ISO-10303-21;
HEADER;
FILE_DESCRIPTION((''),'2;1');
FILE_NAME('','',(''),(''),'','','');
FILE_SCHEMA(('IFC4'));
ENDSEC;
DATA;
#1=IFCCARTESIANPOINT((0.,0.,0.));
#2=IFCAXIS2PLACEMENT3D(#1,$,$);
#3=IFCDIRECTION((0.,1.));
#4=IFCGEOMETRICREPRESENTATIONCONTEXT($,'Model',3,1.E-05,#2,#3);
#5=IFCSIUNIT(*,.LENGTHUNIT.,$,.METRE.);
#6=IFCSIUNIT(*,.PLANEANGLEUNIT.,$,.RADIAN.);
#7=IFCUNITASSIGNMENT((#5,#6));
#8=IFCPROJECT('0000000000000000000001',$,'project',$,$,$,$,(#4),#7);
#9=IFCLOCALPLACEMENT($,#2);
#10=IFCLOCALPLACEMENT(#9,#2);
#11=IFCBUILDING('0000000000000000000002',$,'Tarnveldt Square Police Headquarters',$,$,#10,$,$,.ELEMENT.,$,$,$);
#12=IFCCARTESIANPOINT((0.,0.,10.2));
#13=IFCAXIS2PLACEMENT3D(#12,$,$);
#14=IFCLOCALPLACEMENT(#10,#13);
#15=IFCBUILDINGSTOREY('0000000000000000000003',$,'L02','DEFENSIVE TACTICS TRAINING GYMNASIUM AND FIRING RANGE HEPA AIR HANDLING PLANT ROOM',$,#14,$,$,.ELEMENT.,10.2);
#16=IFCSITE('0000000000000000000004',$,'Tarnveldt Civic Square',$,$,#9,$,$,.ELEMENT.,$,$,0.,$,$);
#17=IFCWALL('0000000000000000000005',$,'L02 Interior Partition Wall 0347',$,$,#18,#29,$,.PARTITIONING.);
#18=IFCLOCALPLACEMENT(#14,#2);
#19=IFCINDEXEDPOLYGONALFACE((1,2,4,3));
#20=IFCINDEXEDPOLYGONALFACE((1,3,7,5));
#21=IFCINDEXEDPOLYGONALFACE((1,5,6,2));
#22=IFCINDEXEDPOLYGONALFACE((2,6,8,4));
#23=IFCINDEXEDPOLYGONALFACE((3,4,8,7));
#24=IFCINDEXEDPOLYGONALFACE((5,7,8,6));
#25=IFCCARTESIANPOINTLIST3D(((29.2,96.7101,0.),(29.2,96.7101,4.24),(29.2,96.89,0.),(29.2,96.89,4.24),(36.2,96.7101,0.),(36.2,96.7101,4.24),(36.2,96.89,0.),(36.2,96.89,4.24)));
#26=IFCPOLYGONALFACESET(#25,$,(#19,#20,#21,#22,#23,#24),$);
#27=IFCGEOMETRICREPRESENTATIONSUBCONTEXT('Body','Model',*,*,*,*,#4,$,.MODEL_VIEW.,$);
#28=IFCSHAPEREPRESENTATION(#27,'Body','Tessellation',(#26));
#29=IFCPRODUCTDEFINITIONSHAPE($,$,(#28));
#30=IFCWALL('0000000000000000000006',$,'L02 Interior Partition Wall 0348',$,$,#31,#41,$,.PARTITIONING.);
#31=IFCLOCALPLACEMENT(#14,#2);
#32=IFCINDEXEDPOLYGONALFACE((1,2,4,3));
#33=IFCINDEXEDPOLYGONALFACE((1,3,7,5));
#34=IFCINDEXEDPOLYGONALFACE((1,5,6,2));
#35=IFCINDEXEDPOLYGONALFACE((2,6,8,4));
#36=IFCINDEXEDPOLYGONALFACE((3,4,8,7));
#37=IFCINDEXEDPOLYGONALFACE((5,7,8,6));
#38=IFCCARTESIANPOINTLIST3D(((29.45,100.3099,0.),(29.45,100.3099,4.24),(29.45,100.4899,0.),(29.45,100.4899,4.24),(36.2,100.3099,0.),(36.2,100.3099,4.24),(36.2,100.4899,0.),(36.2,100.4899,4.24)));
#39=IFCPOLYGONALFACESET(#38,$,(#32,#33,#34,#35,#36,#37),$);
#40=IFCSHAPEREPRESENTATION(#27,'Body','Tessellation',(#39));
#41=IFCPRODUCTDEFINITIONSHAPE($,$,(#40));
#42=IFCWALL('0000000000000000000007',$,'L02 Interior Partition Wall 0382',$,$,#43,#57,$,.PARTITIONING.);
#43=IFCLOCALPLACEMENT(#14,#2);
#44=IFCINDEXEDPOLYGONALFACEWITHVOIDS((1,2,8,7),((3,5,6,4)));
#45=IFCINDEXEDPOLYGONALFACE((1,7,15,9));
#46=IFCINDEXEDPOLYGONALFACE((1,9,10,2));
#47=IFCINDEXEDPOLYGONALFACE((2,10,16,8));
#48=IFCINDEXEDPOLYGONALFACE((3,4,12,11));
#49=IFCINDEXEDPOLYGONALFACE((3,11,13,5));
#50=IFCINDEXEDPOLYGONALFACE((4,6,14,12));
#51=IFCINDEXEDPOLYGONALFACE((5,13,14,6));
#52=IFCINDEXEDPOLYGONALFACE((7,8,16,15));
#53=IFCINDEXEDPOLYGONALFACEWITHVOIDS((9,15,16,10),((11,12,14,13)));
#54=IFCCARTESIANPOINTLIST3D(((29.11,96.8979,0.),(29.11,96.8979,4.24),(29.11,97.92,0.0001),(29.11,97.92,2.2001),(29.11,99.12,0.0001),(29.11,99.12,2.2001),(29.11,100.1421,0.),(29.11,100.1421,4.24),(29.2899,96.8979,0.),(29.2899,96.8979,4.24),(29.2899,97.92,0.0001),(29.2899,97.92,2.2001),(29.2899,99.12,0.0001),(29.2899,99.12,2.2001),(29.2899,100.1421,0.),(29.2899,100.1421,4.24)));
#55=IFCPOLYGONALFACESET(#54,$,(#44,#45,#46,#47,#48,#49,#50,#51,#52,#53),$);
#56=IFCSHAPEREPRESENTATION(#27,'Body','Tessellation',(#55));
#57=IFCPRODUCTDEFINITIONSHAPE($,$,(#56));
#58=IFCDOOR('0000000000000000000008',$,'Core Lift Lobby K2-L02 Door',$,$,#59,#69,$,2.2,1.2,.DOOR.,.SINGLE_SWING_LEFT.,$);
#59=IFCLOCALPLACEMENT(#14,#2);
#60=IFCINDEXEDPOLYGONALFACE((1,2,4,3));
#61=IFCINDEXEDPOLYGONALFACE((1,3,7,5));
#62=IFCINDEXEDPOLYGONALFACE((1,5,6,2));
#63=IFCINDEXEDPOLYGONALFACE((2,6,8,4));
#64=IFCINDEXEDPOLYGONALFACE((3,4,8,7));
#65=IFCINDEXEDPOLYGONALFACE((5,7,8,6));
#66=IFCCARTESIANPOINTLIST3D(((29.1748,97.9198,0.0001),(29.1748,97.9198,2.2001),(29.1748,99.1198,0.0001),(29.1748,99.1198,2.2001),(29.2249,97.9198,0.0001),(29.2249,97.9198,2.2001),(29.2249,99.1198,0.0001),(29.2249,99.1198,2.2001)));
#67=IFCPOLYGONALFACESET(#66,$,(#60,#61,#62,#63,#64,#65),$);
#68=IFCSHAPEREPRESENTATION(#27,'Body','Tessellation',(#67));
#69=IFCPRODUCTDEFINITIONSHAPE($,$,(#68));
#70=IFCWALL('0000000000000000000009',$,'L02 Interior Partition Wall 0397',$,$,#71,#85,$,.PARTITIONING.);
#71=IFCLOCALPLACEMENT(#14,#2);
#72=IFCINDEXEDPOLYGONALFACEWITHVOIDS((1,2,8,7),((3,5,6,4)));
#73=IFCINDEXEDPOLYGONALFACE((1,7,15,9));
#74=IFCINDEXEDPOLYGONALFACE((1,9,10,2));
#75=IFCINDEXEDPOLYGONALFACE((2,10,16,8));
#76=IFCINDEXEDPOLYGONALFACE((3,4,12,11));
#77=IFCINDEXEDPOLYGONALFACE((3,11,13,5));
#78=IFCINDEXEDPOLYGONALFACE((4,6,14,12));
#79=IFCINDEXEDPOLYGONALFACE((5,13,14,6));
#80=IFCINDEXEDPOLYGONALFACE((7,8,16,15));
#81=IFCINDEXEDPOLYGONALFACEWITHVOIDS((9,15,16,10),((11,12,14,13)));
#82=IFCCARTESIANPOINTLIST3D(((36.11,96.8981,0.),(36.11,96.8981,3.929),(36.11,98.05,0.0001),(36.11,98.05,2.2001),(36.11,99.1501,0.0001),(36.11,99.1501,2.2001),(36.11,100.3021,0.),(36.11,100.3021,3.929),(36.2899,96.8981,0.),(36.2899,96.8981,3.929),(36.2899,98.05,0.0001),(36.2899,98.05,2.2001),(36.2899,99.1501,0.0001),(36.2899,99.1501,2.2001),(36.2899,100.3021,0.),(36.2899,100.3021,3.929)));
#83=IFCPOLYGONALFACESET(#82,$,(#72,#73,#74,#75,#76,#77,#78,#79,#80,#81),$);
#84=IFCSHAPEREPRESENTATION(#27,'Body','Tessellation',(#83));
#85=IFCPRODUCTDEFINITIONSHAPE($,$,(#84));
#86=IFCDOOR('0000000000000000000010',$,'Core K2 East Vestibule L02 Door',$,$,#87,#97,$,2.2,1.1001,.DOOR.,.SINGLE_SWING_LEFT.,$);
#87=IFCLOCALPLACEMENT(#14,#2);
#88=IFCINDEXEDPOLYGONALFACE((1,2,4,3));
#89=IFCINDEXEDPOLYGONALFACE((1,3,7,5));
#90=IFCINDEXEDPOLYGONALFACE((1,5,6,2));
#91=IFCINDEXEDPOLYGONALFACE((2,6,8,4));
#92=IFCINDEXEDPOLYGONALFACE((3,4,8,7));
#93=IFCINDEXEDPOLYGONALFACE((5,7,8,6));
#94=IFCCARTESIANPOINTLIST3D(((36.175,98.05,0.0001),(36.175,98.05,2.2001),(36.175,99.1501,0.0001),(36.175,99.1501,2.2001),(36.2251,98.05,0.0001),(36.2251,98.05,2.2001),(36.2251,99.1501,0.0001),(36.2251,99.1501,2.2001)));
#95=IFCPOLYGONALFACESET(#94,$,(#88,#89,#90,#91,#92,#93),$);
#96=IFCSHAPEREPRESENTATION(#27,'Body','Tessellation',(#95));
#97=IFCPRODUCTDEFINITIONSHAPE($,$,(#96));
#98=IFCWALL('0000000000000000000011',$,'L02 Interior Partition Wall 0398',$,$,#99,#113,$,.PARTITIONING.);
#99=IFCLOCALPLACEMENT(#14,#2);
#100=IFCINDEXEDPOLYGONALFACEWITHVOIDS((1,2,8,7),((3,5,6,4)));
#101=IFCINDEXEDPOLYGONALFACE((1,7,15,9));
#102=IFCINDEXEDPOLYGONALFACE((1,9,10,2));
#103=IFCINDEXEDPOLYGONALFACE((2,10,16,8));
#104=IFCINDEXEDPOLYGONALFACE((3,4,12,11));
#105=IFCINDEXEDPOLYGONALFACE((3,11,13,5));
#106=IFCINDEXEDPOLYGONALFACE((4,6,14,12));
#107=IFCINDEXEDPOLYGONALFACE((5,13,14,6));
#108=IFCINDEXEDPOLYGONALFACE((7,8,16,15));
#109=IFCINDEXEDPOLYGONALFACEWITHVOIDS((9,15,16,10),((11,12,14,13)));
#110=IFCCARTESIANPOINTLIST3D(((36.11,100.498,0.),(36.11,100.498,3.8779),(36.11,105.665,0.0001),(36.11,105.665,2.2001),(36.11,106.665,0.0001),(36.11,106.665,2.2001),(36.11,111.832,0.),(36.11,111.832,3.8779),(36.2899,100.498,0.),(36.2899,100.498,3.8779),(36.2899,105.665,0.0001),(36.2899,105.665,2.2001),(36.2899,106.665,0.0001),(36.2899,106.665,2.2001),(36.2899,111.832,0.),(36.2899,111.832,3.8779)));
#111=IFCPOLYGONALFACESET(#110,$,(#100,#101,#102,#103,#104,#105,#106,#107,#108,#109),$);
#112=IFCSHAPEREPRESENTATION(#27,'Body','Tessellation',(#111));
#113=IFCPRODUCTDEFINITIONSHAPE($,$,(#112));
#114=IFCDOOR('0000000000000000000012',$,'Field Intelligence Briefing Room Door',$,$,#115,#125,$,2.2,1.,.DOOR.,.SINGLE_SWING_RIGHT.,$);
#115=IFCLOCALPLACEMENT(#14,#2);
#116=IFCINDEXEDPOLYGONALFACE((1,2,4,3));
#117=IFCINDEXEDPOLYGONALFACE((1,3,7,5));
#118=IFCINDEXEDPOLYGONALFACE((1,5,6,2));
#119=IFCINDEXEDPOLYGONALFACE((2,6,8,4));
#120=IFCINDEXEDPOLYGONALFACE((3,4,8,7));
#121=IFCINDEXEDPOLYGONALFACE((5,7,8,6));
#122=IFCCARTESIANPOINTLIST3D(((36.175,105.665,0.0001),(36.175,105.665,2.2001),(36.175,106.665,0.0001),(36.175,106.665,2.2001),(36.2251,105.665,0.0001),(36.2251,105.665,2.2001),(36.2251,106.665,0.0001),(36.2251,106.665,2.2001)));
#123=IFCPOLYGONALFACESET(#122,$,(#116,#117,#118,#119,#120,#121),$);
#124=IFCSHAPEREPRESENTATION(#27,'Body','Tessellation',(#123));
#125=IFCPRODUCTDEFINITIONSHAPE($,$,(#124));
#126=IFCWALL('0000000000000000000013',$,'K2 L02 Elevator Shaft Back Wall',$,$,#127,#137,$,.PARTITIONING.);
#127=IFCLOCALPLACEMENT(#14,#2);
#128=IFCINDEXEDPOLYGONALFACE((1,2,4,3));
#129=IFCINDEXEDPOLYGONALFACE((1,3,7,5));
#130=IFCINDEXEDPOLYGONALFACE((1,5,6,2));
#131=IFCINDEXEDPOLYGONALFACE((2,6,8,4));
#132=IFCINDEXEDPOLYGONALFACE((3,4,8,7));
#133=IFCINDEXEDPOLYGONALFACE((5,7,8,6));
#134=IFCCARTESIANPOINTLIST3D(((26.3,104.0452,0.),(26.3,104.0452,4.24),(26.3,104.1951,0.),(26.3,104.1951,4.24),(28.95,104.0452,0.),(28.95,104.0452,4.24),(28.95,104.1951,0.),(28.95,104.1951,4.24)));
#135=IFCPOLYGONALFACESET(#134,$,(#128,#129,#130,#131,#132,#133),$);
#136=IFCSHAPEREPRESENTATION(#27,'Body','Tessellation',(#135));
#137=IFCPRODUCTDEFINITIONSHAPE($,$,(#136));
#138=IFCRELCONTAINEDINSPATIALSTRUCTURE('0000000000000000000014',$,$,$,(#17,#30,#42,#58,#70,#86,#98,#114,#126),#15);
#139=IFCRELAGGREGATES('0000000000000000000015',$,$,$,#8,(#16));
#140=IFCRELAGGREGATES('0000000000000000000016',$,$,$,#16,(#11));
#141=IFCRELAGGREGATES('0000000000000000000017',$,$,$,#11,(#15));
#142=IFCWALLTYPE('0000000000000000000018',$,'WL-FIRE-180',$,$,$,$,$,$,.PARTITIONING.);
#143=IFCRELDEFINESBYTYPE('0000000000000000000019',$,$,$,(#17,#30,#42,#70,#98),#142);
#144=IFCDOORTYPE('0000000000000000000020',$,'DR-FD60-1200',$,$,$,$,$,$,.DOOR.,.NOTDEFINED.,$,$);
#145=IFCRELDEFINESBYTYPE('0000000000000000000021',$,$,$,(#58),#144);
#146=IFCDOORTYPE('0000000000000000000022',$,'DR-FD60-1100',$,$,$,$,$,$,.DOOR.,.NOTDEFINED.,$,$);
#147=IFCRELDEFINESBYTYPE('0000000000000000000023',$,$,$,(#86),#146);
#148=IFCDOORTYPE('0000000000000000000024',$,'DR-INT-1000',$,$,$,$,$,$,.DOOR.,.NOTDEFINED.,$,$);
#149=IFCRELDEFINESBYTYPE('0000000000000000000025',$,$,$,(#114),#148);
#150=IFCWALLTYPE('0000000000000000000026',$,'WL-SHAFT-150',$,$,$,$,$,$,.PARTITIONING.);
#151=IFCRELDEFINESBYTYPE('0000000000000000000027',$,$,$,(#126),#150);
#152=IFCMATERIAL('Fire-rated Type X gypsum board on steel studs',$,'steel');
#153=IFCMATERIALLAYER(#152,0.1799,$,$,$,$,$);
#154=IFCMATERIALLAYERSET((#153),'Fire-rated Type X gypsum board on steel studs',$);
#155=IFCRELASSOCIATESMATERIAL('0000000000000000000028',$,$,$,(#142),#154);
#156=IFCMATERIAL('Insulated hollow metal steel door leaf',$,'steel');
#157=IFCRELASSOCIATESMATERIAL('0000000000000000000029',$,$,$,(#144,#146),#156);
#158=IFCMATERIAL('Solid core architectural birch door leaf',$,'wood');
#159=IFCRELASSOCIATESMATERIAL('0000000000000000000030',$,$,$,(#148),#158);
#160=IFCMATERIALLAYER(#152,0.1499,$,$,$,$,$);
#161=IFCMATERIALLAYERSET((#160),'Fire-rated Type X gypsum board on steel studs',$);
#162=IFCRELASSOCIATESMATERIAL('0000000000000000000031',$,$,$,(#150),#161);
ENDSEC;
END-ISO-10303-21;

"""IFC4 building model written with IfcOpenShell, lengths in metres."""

from ifc_helpers import new_model, si_unit, direction, frame, frame_2d, origin, place, context, subcontext, project, spatial, rectangle, extrude, material, layer, layer_set, type_object, element, fill, save


model = new_model("IFC4")

# Units and contexts
model_context = context("Model", 3, precision=1e-05, world=origin(), true_north=direction((0.0, 1.0)))
body_context = subcontext(model_context, "Body", "Model", "MODEL_VIEW")
ifc_project = project(units=[si_unit("LENGTHUNIT", "METRE"), si_unit("PLANEANGLEUNIT", "RADIAN")], contexts=[model_context])

# Site, building, storey
site_placement = place(None, origin())
site = spatial("IfcSite", under=ifc_project, at=site_placement, Name="Tarnveldt Civic Square", CompositionType="ELEMENT", RefElevation=0.0)
building_placement = place(site_placement, origin())
building = spatial("IfcBuilding", under=site, at=building_placement, Name="Tarnveldt Square Police Headquarters", CompositionType="ELEMENT")
storey_placement = place(building_placement, frame((0.0, 0.0, 10.2)))
storey = spatial("IfcBuildingStorey", under=building, at=storey_placement, Name="L02", Description="DEFENSIVE TACTICS TRAINING GYMNASIUM AND FIRING RANGE HEPA AIR HANDLING PLANT ROOM", CompositionType="ELEMENT", Elevation=10.2)

# Shared definitions
ifc_material_1 = material(Name="Fire-rated Type X gypsum board on steel studs", Category="steel")

# Walls
ifc_layer_1 = layer(ifc_material_1, 0.1799)
ifc_layer_set_1 = layer_set([ifc_layer_1], Name="Fire-rated Type X gypsum board on steel studs")
wall_type_1 = type_object("IfcWallType", Name="WL-FIRE-180", PredefinedType="PARTITIONING", material=ifc_layer_set_1)
wall_1_placement = place(storey_placement, frame((29.2, 96.8, 0.0), z_axis=(0.0, 0.0, 1.0), x_axis=(1.0, 0.0, 0.0)))
element("IfcWall", 1, at=wall_1_placement, inside=storey, type_object=wall_type_1, Name="L02 Interior Partition Wall 0347", PredefinedType="PARTITIONING", context=body_context, shape_type="SweptSolid", body=[
    extrude(rectangle(XDim=7.0, YDim=0.1799, at=frame_2d((3.5, 0.0))), origin(), (0.0, 0.0, 1.0), 4.24),
])
wall_2_placement = place(storey_placement, frame((29.45, 100.3999, 0.0), z_axis=(0.0, 0.0, 1.0), x_axis=(1.0, 0.0, 0.0)))
element("IfcWall", 2, at=wall_2_placement, inside=storey, type_object=wall_type_1, Name="L02 Interior Partition Wall 0348", PredefinedType="PARTITIONING", context=body_context, shape_type="SweptSolid", body=[
    extrude(rectangle(XDim=6.75, YDim=0.1799, at=frame_2d((3.375, 0.0))), origin(), (0.0, 0.0, 1.0), 4.24),
])

# Walls, openings, doors
wall_3_placement = place(storey_placement, frame((29.2, 96.8979, 0.0), z_axis=(0.0, 0.0, 1.0), x_axis=(0.0, 1.0, 0.0)))
wall_3 = element("IfcWall", 3, at=wall_3_placement, inside=storey, type_object=wall_type_1, Name="L02 Interior Partition Wall 0382", PredefinedType="PARTITIONING", context=body_context, shape_type="SweptSolid", body=[
    extrude(rectangle(XDim=3.2441, YDim=0.1799, at=frame_2d((1.6221, 0.0))), origin(), (0.0, 0.0, 1.0), 4.24),
])
opening_1_placement = place(wall_3_placement, frame((1.022, 0.0, 0.0)))
opening_1 = element("IfcOpeningElement", 4, at=opening_1_placement, cuts=wall_3, PredefinedType="OPENING", context=body_context, shape_type="SweptSolid", body=[
    extrude(rectangle(XDim=1.2, YDim=2.2, at=frame_2d((0.6001, 1.1001))), frame((0.0, 0.0999, 0.0), z_axis=(0.0, -1.0, 0.0), x_axis=(1.0, 0.0, 0.0)), (0.0, 0.0, 1.0), 0.2),
])
ifc_material_2 = material(Name="Insulated hollow metal steel door leaf", Category="steel")
door_type_1 = type_object("IfcDoorType", Name="DR-FD60-1200", OperationType="NOTDEFINED", PredefinedType="DOOR", material=ifc_material_2)
door_1_placement = place(opening_1_placement, frame((1.2, 0.0, 0.0), z_axis=(0.0, 0.0, 1.0), x_axis=(-1.0, 0.0, 0.0)))
door_1 = element("IfcDoor", 5, at=door_1_placement, inside=storey, type_object=door_type_1, Name="Core Lift Lobby K2-L02 Door", OperationType="SINGLE_SWING_LEFT", OverallHeight=2.2, OverallWidth=1.2, PredefinedType="DOOR", context=body_context, shape_type="SweptSolid", body=[
    extrude(rectangle(XDim=1.2, YDim=2.2, at=frame_2d((0.6001, 1.1001))), frame((0.0, 0.0249, 0.0), z_axis=(0.0, -1.0, 0.0), x_axis=(1.0, 0.0, 0.0)), (0.0, 0.0, 1.0), 0.05),
])
fill(opening_1, door_1)
wall_4_placement = place(storey_placement, frame((36.2, 96.8979, 0.0), z_axis=(0.0, 0.0, 1.0), x_axis=(0.0, 1.0, 0.0)))
wall_4 = element("IfcWall", 6, at=wall_4_placement, inside=storey, type_object=wall_type_1, Name="L02 Interior Partition Wall 0397", PredefinedType="PARTITIONING", context=body_context, shape_type="SweptSolid", body=[
    extrude(rectangle(XDim=3.4041, YDim=0.1799, at=frame_2d((1.7021, 0.0))), origin(), (0.0, 0.0, 1.0), 3.929),
])
opening_2_placement = place(wall_4_placement, frame((1.1521, 0.0, 0.0)))
opening_2 = element("IfcOpeningElement", 7, at=opening_2_placement, cuts=wall_4, PredefinedType="OPENING", context=body_context, shape_type="SweptSolid", body=[
    extrude(rectangle(XDim=1.1001, YDim=2.2, at=frame_2d((0.55, 1.1001))), frame((0.0, 0.0999, 0.0), z_axis=(0.0, -1.0, 0.0), x_axis=(1.0, 0.0, 0.0)), (0.0, 0.0, 1.0), 0.2),
])
door_type_2 = type_object("IfcDoorType", Name="DR-FD60-1100", OperationType="NOTDEFINED", PredefinedType="DOOR", material=ifc_material_2)
door_2_placement = place(opening_2_placement, origin())
door_2 = element("IfcDoor", 8, at=door_2_placement, inside=storey, type_object=door_type_2, Name="Core K2 East Vestibule L02 Door", OperationType="SINGLE_SWING_LEFT", OverallHeight=2.2, OverallWidth=1.1001, PredefinedType="DOOR", context=body_context, shape_type="SweptSolid", body=[
    extrude(rectangle(XDim=1.1001, YDim=2.2, at=frame_2d((0.55, 1.1001))), frame((0.0, 0.0249, 0.0), z_axis=(0.0, -1.0, 0.0), x_axis=(1.0, 0.0, 0.0)), (0.0, 0.0, 1.0), 0.05),
])
fill(opening_2, door_2)
wall_5_placement = place(storey_placement, frame((36.2, 100.498, 0.0), z_axis=(0.0, 0.0, 1.0), x_axis=(0.0, 1.0, 0.0)))
wall_5 = element("IfcWall", 9, at=wall_5_placement, inside=storey, type_object=wall_type_1, Name="L02 Interior Partition Wall 0398", PredefinedType="PARTITIONING", context=body_context, shape_type="SweptSolid", body=[
    extrude(rectangle(XDim=11.334, YDim=0.1799, at=frame_2d((5.667, 0.0))), origin(), (0.0, 0.0, 1.0), 3.8779),
])
opening_3_placement = place(wall_5_placement, frame((5.167, 0.0, 0.0)))
opening_3 = element("IfcOpeningElement", 10, at=opening_3_placement, cuts=wall_5, PredefinedType="OPENING", context=body_context, shape_type="SweptSolid", body=[
    extrude(rectangle(XDim=1.0, YDim=2.2, at=frame_2d((0.5, 1.1001))), frame((0.0, 0.0999, 0.0), z_axis=(0.0, -1.0, 0.0), x_axis=(1.0, 0.0, 0.0)), (0.0, 0.0, 1.0), 0.2),
])
ifc_material_3 = material(Name="Solid core architectural birch door leaf", Category="wood")
door_type_3 = type_object("IfcDoorType", Name="DR-INT-1000", OperationType="NOTDEFINED", PredefinedType="DOOR", material=ifc_material_3)
door_3_placement = place(opening_3_placement, origin())
door_3 = element("IfcDoor", 11, at=door_3_placement, inside=storey, type_object=door_type_3, Name="Field Intelligence Briefing Room Door", OperationType="SINGLE_SWING_RIGHT", OverallHeight=2.2, OverallWidth=1.0, PredefinedType="DOOR", context=body_context, shape_type="SweptSolid", body=[
    extrude(rectangle(XDim=1.0, YDim=2.2, at=frame_2d((0.5, 1.1001))), frame((0.0, 0.0249, 0.0), z_axis=(0.0, -1.0, 0.0), x_axis=(1.0, 0.0, 0.0)), (0.0, 0.0, 1.0), 0.05),
])
fill(opening_3, door_3)

# Wall
ifc_layer_2 = layer(ifc_material_1, 0.1499)
ifc_layer_set_2 = layer_set([ifc_layer_2], Name="Fire-rated Type X gypsum board on steel studs")
wall_type_2 = type_object("IfcWallType", Name="WL-SHAFT-150", PredefinedType="PARTITIONING", material=ifc_layer_set_2)
wall_6_placement = place(storey_placement, frame((26.3, 104.1201, 0.0), z_axis=(0.0, 0.0, 1.0), x_axis=(1.0, 0.0, 0.0)))
element("IfcWall", 12, at=wall_6_placement, inside=storey, type_object=wall_type_2, Name="K2 L02 Elevator Shaft Back Wall", PredefinedType="PARTITIONING", context=body_context, shape_type="SweptSolid", body=[
    extrude(rectangle(XDim=2.6499, YDim=0.1499, at=frame_2d((1.325, 0.0))), origin(), (0.0, 0.0, 1.0), 4.24),
])

save(model, "model.ifc")
